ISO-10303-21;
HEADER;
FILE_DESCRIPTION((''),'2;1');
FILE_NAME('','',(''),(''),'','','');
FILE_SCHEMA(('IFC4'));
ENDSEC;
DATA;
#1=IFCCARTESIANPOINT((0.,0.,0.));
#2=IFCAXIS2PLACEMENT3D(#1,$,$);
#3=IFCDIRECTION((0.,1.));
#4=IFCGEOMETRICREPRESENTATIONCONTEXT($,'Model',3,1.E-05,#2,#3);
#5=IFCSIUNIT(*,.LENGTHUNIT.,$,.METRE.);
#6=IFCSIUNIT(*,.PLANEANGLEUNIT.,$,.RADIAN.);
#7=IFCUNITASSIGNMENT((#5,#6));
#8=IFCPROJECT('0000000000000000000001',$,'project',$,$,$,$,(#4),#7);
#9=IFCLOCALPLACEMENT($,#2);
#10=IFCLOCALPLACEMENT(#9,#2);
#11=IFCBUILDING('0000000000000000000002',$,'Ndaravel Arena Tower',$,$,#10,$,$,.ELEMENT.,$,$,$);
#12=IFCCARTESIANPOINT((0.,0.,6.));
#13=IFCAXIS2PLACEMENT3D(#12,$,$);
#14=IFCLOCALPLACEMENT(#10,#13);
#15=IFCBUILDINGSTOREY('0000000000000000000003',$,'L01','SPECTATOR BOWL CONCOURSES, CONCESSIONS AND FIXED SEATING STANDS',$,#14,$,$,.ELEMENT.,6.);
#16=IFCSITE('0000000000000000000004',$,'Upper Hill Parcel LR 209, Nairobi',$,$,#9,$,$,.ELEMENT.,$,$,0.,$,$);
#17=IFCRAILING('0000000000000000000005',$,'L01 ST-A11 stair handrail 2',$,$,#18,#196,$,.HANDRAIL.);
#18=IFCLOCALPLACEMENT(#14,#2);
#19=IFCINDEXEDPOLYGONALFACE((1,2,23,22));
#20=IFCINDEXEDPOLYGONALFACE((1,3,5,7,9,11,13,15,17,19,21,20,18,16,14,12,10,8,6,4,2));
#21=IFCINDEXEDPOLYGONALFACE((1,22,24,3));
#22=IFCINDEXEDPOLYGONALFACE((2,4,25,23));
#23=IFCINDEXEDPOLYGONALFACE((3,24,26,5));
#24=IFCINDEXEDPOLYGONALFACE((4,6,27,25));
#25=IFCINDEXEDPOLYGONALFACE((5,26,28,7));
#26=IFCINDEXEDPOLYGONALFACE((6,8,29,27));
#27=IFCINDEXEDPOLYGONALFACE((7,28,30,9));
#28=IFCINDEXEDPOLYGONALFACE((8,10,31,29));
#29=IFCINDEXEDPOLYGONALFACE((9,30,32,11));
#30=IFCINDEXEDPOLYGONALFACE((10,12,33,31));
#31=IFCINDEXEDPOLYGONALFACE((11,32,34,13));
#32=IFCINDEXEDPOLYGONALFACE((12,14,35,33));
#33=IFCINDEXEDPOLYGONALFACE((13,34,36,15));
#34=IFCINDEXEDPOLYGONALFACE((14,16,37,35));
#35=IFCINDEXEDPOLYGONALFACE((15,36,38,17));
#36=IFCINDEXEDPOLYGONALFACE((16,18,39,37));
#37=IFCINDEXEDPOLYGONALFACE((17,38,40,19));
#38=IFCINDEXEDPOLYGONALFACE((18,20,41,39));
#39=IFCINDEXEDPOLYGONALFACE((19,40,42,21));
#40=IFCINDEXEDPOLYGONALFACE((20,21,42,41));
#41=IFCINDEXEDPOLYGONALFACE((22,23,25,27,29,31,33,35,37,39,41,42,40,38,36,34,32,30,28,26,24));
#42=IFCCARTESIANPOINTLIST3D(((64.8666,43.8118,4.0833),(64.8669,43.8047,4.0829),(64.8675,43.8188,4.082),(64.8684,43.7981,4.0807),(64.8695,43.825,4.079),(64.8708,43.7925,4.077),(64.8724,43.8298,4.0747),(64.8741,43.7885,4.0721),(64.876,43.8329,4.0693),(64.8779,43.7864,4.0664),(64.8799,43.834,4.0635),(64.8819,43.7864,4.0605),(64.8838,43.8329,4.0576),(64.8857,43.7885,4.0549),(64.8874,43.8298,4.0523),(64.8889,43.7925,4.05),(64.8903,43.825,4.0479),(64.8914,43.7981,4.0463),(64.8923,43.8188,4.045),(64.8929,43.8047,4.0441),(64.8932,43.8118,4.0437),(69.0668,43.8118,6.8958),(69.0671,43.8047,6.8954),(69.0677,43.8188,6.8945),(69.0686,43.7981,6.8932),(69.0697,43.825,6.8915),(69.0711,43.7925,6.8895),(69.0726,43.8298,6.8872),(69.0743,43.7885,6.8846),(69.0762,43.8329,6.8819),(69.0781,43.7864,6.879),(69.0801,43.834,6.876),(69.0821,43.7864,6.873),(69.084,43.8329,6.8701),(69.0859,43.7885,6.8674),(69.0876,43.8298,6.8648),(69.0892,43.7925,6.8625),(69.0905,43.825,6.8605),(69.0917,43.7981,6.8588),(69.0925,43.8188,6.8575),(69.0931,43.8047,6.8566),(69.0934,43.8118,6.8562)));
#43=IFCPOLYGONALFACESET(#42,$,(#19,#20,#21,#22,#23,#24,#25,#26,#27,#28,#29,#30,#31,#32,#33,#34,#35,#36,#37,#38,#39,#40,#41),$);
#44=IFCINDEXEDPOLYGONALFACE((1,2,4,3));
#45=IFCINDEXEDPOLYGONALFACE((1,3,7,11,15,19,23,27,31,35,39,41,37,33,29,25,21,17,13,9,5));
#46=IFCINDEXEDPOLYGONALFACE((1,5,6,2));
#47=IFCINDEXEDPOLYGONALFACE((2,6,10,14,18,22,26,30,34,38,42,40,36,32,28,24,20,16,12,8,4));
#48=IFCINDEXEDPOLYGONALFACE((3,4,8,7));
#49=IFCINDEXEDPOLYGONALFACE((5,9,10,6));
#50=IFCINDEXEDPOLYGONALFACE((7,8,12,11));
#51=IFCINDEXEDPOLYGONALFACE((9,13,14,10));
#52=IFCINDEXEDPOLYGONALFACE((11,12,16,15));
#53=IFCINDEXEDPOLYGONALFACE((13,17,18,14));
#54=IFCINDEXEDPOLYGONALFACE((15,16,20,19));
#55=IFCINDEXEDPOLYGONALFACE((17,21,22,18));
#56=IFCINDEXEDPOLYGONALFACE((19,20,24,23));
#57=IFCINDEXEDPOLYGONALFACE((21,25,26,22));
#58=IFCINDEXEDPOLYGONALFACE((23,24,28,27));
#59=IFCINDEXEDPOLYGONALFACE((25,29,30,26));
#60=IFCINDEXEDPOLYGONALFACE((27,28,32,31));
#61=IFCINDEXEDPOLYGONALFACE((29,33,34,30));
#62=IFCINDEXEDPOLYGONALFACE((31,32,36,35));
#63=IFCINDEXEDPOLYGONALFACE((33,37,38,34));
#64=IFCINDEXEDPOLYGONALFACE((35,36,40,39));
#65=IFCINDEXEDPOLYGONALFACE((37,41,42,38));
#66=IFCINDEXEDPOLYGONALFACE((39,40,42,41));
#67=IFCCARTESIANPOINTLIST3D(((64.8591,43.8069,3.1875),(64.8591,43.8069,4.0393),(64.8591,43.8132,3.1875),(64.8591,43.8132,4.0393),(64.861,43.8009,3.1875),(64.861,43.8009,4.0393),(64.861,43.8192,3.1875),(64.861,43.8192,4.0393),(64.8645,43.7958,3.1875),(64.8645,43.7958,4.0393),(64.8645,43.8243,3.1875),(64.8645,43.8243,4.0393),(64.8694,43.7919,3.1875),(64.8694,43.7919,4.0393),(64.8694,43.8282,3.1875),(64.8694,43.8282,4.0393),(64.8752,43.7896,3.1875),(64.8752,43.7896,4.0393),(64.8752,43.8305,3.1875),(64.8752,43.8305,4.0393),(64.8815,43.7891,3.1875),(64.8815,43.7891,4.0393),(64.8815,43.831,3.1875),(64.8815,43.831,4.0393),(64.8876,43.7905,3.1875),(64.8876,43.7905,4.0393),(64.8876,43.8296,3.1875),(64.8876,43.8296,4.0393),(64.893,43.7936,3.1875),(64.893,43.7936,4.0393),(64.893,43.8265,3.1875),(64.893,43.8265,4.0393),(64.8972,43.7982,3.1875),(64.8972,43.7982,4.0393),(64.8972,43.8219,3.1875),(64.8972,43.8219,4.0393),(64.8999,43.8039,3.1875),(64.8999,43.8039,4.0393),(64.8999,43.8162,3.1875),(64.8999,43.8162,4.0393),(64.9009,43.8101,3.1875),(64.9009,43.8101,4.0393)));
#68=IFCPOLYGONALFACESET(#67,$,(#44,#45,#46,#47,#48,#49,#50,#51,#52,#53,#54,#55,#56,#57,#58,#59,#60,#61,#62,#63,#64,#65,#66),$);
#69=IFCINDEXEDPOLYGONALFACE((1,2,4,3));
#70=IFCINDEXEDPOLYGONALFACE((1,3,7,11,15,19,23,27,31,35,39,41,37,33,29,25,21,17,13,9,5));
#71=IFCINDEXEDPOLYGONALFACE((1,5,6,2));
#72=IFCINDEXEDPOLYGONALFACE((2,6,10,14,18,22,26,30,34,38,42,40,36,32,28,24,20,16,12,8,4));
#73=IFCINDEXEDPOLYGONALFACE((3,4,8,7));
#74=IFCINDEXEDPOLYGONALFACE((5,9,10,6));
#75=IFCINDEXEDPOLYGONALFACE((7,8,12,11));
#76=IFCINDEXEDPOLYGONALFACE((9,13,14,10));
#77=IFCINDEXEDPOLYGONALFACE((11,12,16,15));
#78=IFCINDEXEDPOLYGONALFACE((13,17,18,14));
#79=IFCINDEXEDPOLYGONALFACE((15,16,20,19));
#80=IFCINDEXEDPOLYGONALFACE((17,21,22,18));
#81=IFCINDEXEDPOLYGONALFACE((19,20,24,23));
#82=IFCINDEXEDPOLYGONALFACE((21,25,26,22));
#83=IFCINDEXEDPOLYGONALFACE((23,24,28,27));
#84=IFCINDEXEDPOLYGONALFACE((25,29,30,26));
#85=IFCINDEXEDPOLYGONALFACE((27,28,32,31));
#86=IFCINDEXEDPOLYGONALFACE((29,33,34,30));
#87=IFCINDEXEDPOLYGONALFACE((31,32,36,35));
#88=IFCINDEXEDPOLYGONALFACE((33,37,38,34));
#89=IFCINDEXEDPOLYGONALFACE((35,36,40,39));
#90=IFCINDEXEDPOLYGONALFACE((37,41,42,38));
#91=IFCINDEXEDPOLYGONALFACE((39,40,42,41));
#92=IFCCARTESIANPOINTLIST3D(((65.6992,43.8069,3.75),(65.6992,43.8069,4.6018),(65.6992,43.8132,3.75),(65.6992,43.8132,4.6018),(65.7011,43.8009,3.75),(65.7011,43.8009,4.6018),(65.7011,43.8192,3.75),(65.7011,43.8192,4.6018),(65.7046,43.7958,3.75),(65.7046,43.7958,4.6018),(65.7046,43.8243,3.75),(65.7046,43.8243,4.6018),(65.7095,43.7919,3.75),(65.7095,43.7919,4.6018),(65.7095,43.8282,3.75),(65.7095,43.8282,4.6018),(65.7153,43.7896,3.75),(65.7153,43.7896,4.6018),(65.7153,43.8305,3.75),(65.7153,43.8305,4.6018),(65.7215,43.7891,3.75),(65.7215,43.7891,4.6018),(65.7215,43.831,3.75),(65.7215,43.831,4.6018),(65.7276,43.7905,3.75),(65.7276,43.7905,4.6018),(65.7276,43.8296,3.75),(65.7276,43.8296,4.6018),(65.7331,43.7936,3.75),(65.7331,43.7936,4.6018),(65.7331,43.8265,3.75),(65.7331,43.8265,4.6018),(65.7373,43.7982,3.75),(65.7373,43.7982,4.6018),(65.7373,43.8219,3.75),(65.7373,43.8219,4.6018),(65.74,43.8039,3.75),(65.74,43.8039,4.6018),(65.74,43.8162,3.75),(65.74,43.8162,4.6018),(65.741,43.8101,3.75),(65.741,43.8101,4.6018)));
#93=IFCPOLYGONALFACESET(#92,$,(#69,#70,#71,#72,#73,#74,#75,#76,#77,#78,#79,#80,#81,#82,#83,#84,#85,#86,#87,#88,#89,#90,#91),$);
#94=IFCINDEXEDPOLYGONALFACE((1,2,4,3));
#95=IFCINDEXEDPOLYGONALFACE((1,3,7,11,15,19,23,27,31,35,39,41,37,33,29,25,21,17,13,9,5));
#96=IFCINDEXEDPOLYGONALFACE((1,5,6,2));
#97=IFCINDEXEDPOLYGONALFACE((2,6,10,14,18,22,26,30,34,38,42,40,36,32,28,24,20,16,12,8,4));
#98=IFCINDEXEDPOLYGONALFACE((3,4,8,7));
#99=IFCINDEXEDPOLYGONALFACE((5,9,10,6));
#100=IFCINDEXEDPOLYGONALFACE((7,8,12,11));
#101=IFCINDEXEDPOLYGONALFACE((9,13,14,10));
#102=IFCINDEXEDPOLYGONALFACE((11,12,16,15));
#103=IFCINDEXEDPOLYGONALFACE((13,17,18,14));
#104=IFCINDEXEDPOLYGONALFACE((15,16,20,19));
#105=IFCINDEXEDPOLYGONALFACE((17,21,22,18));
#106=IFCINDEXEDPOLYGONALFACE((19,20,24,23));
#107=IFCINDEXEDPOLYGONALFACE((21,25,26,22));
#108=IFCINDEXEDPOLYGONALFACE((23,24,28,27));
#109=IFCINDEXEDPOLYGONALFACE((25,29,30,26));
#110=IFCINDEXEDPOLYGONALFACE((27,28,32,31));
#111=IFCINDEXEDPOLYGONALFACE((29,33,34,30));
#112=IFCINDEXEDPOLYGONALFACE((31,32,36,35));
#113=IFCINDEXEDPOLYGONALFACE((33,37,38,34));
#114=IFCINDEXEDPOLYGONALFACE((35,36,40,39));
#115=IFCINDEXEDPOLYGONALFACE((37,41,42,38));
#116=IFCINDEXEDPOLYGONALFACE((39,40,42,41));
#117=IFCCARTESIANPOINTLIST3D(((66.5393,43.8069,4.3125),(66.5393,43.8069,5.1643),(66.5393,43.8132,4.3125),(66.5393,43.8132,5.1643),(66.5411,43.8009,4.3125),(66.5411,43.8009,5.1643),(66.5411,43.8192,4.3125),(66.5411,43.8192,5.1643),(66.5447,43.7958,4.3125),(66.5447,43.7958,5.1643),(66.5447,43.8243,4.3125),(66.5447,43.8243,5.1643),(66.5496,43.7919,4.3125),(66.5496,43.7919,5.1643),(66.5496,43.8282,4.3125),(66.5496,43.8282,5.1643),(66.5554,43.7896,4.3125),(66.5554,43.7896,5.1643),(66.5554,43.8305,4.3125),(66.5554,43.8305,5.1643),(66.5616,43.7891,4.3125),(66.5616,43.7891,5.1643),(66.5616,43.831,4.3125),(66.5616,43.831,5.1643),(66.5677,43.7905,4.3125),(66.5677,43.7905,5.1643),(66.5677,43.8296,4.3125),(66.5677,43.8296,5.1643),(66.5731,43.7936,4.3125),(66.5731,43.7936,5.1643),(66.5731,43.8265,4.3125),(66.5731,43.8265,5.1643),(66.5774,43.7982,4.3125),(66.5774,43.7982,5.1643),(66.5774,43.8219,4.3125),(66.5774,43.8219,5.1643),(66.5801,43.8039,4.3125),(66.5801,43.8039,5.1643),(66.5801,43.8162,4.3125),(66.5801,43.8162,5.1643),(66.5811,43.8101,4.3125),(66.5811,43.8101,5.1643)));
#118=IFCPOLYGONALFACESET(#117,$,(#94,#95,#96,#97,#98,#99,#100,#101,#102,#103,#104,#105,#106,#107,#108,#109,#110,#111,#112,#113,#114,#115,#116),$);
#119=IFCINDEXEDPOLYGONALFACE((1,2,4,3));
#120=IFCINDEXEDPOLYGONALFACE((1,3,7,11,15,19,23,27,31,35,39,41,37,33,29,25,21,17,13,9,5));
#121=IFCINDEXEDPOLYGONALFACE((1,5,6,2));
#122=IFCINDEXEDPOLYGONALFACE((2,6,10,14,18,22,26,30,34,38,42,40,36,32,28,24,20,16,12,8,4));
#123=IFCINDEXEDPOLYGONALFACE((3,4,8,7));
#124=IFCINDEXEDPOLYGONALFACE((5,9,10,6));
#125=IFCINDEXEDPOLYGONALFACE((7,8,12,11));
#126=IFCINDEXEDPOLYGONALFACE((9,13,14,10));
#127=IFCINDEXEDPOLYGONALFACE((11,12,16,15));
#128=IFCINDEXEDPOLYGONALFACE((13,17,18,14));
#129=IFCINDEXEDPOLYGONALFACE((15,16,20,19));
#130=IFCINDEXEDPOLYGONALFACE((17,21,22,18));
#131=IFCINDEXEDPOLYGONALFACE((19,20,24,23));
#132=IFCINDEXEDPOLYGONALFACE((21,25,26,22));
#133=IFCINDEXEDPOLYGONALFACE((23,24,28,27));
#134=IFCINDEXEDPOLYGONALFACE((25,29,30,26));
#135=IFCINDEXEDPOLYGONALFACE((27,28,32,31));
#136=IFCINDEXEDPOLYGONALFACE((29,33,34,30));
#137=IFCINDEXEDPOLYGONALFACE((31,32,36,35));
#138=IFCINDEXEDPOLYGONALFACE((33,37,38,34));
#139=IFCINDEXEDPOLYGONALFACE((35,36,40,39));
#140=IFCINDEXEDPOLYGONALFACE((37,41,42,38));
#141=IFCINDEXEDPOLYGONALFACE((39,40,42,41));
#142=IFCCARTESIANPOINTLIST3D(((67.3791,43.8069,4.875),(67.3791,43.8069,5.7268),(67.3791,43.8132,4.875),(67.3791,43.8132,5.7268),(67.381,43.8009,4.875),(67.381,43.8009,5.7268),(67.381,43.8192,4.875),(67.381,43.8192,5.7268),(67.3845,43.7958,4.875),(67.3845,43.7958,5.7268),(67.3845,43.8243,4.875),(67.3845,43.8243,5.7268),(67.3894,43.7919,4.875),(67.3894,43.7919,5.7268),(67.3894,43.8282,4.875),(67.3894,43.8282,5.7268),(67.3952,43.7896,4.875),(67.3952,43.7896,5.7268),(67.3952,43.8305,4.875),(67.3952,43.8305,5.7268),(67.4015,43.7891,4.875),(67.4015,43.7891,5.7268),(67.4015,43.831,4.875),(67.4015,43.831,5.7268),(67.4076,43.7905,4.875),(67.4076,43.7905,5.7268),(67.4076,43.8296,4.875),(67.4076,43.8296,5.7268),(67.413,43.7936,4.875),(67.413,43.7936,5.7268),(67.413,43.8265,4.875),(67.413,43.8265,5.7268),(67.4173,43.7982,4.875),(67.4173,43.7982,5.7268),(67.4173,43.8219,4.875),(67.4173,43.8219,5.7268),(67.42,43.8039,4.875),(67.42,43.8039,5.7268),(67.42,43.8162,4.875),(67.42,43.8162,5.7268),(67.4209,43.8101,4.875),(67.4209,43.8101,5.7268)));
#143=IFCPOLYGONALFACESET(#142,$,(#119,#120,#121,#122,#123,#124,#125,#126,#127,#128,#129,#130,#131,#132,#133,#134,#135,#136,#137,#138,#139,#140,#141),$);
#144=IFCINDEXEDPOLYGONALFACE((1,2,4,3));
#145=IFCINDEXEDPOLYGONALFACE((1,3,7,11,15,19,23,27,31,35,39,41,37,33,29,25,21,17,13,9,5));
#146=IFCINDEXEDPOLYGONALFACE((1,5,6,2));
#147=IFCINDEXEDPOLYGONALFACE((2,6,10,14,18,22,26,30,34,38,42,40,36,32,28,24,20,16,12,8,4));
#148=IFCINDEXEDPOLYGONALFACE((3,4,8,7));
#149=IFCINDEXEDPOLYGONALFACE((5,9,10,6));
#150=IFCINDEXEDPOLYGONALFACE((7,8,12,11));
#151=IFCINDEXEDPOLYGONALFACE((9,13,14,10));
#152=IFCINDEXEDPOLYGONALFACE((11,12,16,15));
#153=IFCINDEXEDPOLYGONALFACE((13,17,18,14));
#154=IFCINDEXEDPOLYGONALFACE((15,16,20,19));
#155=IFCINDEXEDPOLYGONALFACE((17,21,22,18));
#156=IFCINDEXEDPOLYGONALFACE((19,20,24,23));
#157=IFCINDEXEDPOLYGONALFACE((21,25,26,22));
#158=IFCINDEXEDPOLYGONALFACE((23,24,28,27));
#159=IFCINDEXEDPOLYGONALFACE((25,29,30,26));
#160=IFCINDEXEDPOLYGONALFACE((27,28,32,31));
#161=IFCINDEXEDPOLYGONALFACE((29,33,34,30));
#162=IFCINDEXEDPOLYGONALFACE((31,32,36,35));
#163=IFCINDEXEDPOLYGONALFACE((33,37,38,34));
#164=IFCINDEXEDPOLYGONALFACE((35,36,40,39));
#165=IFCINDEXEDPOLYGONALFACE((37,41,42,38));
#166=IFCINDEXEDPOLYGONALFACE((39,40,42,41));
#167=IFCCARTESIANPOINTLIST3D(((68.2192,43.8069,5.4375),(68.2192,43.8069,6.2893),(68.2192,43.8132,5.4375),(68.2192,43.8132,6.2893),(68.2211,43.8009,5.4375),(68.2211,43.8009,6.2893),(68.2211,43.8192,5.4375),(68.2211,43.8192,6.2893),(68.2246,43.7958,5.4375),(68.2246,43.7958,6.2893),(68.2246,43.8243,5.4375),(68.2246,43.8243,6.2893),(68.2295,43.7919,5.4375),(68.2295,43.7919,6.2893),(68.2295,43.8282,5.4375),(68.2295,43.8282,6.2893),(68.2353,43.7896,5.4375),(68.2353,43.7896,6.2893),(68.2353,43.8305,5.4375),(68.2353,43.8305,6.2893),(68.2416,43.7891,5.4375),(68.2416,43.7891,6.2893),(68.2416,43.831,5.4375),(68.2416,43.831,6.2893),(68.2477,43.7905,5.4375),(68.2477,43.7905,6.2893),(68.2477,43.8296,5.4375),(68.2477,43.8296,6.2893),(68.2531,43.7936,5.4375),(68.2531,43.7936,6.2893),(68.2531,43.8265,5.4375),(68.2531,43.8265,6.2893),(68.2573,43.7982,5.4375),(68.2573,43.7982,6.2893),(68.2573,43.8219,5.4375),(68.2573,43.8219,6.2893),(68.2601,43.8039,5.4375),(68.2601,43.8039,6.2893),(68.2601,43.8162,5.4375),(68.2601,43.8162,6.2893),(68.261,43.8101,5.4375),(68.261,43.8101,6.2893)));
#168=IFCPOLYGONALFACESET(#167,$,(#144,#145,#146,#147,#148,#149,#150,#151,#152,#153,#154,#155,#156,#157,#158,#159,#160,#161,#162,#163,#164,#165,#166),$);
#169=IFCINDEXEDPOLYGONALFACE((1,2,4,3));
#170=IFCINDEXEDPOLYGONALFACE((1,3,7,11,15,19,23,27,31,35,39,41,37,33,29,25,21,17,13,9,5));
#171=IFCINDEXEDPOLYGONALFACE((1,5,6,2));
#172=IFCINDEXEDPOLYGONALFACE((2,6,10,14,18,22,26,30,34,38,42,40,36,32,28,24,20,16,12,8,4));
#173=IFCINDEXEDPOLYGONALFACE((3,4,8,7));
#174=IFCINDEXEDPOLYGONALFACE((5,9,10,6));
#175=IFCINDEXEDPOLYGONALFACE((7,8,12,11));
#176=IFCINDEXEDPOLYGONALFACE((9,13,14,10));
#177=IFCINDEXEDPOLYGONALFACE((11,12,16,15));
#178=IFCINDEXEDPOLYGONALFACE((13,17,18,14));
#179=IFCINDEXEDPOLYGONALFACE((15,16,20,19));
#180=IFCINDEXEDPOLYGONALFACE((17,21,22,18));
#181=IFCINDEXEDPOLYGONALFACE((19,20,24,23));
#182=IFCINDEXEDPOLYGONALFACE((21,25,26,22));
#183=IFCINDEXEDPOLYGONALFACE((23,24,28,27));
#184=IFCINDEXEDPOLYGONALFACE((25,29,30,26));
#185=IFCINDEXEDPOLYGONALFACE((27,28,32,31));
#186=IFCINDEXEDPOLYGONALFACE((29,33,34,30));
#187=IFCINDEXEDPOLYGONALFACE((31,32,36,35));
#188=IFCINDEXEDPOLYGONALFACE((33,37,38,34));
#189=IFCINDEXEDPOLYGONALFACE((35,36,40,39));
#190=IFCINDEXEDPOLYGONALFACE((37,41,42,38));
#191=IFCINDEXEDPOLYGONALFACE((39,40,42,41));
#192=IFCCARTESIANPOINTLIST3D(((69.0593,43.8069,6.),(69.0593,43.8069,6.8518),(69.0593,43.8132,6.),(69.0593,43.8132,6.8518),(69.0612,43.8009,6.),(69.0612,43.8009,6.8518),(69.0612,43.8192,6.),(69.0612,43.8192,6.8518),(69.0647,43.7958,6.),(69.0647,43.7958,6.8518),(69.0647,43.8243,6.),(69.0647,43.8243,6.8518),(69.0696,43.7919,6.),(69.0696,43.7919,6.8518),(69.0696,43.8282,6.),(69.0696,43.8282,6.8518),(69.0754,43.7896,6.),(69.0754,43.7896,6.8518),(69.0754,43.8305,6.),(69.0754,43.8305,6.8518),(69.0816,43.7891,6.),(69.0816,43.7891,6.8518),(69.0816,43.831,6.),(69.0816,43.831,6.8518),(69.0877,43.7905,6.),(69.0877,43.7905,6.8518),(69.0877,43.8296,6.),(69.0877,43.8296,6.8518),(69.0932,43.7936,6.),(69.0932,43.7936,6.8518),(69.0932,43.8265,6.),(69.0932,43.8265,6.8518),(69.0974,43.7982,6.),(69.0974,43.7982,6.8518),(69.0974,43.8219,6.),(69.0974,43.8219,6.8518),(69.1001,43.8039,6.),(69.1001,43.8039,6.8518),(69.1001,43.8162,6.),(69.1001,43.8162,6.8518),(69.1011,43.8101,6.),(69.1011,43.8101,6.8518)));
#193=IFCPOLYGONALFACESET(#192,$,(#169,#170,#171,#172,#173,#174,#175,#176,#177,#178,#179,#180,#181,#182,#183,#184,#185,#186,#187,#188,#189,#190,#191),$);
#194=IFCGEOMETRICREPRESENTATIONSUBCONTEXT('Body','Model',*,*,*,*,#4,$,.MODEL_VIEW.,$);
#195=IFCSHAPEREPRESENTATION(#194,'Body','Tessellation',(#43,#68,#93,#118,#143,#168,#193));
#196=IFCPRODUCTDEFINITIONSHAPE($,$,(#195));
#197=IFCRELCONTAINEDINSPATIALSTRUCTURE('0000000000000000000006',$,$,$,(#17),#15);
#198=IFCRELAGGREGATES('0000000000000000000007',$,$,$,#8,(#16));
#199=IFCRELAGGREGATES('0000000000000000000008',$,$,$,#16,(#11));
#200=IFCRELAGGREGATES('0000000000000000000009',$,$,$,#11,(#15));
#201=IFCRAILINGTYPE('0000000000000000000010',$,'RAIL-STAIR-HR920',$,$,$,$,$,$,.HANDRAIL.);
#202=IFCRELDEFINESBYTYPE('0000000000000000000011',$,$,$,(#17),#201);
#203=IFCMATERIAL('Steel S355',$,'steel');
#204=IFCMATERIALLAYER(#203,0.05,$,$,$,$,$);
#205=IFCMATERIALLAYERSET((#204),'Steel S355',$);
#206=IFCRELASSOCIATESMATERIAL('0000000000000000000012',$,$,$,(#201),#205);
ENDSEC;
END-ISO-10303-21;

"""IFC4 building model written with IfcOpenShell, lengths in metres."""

from ifc_helpers import new_model, si_unit, direction, frame, origin, origin_2d, place, context, subcontext, project, spatial, circle, extrude, material, layer, layer_set, type_object, element, save


model = new_model("IFC4")

# Units and contexts
model_context = context("Model", 3, precision=1e-05, world=origin(), true_north=direction((0.0, 1.0)))
body_context = subcontext(model_context, "Body", "Model", "MODEL_VIEW")
ifc_project = project(units=[si_unit("LENGTHUNIT", "METRE"), si_unit("PLANEANGLEUNIT", "RADIAN")], contexts=[model_context])

# Site, building, storey
site_placement = place(None, origin())
site = spatial("IfcSite", under=ifc_project, at=site_placement, Name="Upper Hill Parcel LR 209, Nairobi", CompositionType="ELEMENT", RefElevation=0.0)
building_placement = place(site_placement, origin())
building = spatial("IfcBuilding", under=site, at=building_placement, Name="Ndaravel Arena Tower", CompositionType="ELEMENT")
storey_placement = place(building_placement, frame((0.0, 0.0, 6.0)))
storey = spatial("IfcBuildingStorey", under=building, at=storey_placement, Name="L01", Description="SPECTATOR BOWL CONCOURSES, CONCESSIONS AND FIXED SEATING STANDS", CompositionType="ELEMENT", Elevation=6.0)

# Railing
ifc_material_1 = material(Name="Steel S355", Category="steel")
ifc_layer_1 = layer(ifc_material_1, 0.05)
ifc_layer_set_1 = layer_set([ifc_layer_1], Name="Steel S355")
railing_type_1 = type_object("IfcRailingType", Name="RAIL-STAIR-HR920", PredefinedType="HANDRAIL", material=ifc_layer_set_1)
railing_1_placement = place(storey_placement, frame((64.8799, 43.8101, 3.1875)))
element("IfcRailing", 1, at=railing_1_placement, inside=storey, type_object=railing_type_1, Name="L01 ST-A11 stair handrail 2", PredefinedType="HANDRAIL", context=body_context, shape_type="SweptSolid", body=[
    extrude(circle(Radius=0.0239, at=origin_2d()), frame((0.0, 0.0, 0.876), z_axis=(0.830919, 0.0, 0.556393), x_axis=(0.0, 1.0, 0.0)), (0.0, 0.0, 1.0), 5.0549),
    extrude(circle(Radius=0.021, at=origin_2d()), origin(), (0.0, 0.0, 1.0), 0.8518),
    extrude(circle(Radius=0.021, at=origin_2d()), frame((0.8401, 0.0, 0.5625)), (0.0, 0.0, 1.0), 0.8518),
    extrude(circle(Radius=0.021, at=origin_2d()), frame((1.6802, 0.0, 1.125)), (0.0, 0.0, 1.0), 0.8518),
    extrude(circle(Radius=0.021, at=origin_2d()), frame((2.52, 0.0, 1.6875)), (0.0, 0.0, 1.0), 0.8518),
    extrude(circle(Radius=0.021, at=origin_2d()), frame((3.3601, 0.0, 2.25)), (0.0, 0.0, 1.0), 0.8518),
    extrude(circle(Radius=0.021, at=origin_2d()), frame((4.2002, 0.0, 2.8125)), (0.0, 0.0, 1.0), 0.8518),
])

save(model, "model.ifc")
